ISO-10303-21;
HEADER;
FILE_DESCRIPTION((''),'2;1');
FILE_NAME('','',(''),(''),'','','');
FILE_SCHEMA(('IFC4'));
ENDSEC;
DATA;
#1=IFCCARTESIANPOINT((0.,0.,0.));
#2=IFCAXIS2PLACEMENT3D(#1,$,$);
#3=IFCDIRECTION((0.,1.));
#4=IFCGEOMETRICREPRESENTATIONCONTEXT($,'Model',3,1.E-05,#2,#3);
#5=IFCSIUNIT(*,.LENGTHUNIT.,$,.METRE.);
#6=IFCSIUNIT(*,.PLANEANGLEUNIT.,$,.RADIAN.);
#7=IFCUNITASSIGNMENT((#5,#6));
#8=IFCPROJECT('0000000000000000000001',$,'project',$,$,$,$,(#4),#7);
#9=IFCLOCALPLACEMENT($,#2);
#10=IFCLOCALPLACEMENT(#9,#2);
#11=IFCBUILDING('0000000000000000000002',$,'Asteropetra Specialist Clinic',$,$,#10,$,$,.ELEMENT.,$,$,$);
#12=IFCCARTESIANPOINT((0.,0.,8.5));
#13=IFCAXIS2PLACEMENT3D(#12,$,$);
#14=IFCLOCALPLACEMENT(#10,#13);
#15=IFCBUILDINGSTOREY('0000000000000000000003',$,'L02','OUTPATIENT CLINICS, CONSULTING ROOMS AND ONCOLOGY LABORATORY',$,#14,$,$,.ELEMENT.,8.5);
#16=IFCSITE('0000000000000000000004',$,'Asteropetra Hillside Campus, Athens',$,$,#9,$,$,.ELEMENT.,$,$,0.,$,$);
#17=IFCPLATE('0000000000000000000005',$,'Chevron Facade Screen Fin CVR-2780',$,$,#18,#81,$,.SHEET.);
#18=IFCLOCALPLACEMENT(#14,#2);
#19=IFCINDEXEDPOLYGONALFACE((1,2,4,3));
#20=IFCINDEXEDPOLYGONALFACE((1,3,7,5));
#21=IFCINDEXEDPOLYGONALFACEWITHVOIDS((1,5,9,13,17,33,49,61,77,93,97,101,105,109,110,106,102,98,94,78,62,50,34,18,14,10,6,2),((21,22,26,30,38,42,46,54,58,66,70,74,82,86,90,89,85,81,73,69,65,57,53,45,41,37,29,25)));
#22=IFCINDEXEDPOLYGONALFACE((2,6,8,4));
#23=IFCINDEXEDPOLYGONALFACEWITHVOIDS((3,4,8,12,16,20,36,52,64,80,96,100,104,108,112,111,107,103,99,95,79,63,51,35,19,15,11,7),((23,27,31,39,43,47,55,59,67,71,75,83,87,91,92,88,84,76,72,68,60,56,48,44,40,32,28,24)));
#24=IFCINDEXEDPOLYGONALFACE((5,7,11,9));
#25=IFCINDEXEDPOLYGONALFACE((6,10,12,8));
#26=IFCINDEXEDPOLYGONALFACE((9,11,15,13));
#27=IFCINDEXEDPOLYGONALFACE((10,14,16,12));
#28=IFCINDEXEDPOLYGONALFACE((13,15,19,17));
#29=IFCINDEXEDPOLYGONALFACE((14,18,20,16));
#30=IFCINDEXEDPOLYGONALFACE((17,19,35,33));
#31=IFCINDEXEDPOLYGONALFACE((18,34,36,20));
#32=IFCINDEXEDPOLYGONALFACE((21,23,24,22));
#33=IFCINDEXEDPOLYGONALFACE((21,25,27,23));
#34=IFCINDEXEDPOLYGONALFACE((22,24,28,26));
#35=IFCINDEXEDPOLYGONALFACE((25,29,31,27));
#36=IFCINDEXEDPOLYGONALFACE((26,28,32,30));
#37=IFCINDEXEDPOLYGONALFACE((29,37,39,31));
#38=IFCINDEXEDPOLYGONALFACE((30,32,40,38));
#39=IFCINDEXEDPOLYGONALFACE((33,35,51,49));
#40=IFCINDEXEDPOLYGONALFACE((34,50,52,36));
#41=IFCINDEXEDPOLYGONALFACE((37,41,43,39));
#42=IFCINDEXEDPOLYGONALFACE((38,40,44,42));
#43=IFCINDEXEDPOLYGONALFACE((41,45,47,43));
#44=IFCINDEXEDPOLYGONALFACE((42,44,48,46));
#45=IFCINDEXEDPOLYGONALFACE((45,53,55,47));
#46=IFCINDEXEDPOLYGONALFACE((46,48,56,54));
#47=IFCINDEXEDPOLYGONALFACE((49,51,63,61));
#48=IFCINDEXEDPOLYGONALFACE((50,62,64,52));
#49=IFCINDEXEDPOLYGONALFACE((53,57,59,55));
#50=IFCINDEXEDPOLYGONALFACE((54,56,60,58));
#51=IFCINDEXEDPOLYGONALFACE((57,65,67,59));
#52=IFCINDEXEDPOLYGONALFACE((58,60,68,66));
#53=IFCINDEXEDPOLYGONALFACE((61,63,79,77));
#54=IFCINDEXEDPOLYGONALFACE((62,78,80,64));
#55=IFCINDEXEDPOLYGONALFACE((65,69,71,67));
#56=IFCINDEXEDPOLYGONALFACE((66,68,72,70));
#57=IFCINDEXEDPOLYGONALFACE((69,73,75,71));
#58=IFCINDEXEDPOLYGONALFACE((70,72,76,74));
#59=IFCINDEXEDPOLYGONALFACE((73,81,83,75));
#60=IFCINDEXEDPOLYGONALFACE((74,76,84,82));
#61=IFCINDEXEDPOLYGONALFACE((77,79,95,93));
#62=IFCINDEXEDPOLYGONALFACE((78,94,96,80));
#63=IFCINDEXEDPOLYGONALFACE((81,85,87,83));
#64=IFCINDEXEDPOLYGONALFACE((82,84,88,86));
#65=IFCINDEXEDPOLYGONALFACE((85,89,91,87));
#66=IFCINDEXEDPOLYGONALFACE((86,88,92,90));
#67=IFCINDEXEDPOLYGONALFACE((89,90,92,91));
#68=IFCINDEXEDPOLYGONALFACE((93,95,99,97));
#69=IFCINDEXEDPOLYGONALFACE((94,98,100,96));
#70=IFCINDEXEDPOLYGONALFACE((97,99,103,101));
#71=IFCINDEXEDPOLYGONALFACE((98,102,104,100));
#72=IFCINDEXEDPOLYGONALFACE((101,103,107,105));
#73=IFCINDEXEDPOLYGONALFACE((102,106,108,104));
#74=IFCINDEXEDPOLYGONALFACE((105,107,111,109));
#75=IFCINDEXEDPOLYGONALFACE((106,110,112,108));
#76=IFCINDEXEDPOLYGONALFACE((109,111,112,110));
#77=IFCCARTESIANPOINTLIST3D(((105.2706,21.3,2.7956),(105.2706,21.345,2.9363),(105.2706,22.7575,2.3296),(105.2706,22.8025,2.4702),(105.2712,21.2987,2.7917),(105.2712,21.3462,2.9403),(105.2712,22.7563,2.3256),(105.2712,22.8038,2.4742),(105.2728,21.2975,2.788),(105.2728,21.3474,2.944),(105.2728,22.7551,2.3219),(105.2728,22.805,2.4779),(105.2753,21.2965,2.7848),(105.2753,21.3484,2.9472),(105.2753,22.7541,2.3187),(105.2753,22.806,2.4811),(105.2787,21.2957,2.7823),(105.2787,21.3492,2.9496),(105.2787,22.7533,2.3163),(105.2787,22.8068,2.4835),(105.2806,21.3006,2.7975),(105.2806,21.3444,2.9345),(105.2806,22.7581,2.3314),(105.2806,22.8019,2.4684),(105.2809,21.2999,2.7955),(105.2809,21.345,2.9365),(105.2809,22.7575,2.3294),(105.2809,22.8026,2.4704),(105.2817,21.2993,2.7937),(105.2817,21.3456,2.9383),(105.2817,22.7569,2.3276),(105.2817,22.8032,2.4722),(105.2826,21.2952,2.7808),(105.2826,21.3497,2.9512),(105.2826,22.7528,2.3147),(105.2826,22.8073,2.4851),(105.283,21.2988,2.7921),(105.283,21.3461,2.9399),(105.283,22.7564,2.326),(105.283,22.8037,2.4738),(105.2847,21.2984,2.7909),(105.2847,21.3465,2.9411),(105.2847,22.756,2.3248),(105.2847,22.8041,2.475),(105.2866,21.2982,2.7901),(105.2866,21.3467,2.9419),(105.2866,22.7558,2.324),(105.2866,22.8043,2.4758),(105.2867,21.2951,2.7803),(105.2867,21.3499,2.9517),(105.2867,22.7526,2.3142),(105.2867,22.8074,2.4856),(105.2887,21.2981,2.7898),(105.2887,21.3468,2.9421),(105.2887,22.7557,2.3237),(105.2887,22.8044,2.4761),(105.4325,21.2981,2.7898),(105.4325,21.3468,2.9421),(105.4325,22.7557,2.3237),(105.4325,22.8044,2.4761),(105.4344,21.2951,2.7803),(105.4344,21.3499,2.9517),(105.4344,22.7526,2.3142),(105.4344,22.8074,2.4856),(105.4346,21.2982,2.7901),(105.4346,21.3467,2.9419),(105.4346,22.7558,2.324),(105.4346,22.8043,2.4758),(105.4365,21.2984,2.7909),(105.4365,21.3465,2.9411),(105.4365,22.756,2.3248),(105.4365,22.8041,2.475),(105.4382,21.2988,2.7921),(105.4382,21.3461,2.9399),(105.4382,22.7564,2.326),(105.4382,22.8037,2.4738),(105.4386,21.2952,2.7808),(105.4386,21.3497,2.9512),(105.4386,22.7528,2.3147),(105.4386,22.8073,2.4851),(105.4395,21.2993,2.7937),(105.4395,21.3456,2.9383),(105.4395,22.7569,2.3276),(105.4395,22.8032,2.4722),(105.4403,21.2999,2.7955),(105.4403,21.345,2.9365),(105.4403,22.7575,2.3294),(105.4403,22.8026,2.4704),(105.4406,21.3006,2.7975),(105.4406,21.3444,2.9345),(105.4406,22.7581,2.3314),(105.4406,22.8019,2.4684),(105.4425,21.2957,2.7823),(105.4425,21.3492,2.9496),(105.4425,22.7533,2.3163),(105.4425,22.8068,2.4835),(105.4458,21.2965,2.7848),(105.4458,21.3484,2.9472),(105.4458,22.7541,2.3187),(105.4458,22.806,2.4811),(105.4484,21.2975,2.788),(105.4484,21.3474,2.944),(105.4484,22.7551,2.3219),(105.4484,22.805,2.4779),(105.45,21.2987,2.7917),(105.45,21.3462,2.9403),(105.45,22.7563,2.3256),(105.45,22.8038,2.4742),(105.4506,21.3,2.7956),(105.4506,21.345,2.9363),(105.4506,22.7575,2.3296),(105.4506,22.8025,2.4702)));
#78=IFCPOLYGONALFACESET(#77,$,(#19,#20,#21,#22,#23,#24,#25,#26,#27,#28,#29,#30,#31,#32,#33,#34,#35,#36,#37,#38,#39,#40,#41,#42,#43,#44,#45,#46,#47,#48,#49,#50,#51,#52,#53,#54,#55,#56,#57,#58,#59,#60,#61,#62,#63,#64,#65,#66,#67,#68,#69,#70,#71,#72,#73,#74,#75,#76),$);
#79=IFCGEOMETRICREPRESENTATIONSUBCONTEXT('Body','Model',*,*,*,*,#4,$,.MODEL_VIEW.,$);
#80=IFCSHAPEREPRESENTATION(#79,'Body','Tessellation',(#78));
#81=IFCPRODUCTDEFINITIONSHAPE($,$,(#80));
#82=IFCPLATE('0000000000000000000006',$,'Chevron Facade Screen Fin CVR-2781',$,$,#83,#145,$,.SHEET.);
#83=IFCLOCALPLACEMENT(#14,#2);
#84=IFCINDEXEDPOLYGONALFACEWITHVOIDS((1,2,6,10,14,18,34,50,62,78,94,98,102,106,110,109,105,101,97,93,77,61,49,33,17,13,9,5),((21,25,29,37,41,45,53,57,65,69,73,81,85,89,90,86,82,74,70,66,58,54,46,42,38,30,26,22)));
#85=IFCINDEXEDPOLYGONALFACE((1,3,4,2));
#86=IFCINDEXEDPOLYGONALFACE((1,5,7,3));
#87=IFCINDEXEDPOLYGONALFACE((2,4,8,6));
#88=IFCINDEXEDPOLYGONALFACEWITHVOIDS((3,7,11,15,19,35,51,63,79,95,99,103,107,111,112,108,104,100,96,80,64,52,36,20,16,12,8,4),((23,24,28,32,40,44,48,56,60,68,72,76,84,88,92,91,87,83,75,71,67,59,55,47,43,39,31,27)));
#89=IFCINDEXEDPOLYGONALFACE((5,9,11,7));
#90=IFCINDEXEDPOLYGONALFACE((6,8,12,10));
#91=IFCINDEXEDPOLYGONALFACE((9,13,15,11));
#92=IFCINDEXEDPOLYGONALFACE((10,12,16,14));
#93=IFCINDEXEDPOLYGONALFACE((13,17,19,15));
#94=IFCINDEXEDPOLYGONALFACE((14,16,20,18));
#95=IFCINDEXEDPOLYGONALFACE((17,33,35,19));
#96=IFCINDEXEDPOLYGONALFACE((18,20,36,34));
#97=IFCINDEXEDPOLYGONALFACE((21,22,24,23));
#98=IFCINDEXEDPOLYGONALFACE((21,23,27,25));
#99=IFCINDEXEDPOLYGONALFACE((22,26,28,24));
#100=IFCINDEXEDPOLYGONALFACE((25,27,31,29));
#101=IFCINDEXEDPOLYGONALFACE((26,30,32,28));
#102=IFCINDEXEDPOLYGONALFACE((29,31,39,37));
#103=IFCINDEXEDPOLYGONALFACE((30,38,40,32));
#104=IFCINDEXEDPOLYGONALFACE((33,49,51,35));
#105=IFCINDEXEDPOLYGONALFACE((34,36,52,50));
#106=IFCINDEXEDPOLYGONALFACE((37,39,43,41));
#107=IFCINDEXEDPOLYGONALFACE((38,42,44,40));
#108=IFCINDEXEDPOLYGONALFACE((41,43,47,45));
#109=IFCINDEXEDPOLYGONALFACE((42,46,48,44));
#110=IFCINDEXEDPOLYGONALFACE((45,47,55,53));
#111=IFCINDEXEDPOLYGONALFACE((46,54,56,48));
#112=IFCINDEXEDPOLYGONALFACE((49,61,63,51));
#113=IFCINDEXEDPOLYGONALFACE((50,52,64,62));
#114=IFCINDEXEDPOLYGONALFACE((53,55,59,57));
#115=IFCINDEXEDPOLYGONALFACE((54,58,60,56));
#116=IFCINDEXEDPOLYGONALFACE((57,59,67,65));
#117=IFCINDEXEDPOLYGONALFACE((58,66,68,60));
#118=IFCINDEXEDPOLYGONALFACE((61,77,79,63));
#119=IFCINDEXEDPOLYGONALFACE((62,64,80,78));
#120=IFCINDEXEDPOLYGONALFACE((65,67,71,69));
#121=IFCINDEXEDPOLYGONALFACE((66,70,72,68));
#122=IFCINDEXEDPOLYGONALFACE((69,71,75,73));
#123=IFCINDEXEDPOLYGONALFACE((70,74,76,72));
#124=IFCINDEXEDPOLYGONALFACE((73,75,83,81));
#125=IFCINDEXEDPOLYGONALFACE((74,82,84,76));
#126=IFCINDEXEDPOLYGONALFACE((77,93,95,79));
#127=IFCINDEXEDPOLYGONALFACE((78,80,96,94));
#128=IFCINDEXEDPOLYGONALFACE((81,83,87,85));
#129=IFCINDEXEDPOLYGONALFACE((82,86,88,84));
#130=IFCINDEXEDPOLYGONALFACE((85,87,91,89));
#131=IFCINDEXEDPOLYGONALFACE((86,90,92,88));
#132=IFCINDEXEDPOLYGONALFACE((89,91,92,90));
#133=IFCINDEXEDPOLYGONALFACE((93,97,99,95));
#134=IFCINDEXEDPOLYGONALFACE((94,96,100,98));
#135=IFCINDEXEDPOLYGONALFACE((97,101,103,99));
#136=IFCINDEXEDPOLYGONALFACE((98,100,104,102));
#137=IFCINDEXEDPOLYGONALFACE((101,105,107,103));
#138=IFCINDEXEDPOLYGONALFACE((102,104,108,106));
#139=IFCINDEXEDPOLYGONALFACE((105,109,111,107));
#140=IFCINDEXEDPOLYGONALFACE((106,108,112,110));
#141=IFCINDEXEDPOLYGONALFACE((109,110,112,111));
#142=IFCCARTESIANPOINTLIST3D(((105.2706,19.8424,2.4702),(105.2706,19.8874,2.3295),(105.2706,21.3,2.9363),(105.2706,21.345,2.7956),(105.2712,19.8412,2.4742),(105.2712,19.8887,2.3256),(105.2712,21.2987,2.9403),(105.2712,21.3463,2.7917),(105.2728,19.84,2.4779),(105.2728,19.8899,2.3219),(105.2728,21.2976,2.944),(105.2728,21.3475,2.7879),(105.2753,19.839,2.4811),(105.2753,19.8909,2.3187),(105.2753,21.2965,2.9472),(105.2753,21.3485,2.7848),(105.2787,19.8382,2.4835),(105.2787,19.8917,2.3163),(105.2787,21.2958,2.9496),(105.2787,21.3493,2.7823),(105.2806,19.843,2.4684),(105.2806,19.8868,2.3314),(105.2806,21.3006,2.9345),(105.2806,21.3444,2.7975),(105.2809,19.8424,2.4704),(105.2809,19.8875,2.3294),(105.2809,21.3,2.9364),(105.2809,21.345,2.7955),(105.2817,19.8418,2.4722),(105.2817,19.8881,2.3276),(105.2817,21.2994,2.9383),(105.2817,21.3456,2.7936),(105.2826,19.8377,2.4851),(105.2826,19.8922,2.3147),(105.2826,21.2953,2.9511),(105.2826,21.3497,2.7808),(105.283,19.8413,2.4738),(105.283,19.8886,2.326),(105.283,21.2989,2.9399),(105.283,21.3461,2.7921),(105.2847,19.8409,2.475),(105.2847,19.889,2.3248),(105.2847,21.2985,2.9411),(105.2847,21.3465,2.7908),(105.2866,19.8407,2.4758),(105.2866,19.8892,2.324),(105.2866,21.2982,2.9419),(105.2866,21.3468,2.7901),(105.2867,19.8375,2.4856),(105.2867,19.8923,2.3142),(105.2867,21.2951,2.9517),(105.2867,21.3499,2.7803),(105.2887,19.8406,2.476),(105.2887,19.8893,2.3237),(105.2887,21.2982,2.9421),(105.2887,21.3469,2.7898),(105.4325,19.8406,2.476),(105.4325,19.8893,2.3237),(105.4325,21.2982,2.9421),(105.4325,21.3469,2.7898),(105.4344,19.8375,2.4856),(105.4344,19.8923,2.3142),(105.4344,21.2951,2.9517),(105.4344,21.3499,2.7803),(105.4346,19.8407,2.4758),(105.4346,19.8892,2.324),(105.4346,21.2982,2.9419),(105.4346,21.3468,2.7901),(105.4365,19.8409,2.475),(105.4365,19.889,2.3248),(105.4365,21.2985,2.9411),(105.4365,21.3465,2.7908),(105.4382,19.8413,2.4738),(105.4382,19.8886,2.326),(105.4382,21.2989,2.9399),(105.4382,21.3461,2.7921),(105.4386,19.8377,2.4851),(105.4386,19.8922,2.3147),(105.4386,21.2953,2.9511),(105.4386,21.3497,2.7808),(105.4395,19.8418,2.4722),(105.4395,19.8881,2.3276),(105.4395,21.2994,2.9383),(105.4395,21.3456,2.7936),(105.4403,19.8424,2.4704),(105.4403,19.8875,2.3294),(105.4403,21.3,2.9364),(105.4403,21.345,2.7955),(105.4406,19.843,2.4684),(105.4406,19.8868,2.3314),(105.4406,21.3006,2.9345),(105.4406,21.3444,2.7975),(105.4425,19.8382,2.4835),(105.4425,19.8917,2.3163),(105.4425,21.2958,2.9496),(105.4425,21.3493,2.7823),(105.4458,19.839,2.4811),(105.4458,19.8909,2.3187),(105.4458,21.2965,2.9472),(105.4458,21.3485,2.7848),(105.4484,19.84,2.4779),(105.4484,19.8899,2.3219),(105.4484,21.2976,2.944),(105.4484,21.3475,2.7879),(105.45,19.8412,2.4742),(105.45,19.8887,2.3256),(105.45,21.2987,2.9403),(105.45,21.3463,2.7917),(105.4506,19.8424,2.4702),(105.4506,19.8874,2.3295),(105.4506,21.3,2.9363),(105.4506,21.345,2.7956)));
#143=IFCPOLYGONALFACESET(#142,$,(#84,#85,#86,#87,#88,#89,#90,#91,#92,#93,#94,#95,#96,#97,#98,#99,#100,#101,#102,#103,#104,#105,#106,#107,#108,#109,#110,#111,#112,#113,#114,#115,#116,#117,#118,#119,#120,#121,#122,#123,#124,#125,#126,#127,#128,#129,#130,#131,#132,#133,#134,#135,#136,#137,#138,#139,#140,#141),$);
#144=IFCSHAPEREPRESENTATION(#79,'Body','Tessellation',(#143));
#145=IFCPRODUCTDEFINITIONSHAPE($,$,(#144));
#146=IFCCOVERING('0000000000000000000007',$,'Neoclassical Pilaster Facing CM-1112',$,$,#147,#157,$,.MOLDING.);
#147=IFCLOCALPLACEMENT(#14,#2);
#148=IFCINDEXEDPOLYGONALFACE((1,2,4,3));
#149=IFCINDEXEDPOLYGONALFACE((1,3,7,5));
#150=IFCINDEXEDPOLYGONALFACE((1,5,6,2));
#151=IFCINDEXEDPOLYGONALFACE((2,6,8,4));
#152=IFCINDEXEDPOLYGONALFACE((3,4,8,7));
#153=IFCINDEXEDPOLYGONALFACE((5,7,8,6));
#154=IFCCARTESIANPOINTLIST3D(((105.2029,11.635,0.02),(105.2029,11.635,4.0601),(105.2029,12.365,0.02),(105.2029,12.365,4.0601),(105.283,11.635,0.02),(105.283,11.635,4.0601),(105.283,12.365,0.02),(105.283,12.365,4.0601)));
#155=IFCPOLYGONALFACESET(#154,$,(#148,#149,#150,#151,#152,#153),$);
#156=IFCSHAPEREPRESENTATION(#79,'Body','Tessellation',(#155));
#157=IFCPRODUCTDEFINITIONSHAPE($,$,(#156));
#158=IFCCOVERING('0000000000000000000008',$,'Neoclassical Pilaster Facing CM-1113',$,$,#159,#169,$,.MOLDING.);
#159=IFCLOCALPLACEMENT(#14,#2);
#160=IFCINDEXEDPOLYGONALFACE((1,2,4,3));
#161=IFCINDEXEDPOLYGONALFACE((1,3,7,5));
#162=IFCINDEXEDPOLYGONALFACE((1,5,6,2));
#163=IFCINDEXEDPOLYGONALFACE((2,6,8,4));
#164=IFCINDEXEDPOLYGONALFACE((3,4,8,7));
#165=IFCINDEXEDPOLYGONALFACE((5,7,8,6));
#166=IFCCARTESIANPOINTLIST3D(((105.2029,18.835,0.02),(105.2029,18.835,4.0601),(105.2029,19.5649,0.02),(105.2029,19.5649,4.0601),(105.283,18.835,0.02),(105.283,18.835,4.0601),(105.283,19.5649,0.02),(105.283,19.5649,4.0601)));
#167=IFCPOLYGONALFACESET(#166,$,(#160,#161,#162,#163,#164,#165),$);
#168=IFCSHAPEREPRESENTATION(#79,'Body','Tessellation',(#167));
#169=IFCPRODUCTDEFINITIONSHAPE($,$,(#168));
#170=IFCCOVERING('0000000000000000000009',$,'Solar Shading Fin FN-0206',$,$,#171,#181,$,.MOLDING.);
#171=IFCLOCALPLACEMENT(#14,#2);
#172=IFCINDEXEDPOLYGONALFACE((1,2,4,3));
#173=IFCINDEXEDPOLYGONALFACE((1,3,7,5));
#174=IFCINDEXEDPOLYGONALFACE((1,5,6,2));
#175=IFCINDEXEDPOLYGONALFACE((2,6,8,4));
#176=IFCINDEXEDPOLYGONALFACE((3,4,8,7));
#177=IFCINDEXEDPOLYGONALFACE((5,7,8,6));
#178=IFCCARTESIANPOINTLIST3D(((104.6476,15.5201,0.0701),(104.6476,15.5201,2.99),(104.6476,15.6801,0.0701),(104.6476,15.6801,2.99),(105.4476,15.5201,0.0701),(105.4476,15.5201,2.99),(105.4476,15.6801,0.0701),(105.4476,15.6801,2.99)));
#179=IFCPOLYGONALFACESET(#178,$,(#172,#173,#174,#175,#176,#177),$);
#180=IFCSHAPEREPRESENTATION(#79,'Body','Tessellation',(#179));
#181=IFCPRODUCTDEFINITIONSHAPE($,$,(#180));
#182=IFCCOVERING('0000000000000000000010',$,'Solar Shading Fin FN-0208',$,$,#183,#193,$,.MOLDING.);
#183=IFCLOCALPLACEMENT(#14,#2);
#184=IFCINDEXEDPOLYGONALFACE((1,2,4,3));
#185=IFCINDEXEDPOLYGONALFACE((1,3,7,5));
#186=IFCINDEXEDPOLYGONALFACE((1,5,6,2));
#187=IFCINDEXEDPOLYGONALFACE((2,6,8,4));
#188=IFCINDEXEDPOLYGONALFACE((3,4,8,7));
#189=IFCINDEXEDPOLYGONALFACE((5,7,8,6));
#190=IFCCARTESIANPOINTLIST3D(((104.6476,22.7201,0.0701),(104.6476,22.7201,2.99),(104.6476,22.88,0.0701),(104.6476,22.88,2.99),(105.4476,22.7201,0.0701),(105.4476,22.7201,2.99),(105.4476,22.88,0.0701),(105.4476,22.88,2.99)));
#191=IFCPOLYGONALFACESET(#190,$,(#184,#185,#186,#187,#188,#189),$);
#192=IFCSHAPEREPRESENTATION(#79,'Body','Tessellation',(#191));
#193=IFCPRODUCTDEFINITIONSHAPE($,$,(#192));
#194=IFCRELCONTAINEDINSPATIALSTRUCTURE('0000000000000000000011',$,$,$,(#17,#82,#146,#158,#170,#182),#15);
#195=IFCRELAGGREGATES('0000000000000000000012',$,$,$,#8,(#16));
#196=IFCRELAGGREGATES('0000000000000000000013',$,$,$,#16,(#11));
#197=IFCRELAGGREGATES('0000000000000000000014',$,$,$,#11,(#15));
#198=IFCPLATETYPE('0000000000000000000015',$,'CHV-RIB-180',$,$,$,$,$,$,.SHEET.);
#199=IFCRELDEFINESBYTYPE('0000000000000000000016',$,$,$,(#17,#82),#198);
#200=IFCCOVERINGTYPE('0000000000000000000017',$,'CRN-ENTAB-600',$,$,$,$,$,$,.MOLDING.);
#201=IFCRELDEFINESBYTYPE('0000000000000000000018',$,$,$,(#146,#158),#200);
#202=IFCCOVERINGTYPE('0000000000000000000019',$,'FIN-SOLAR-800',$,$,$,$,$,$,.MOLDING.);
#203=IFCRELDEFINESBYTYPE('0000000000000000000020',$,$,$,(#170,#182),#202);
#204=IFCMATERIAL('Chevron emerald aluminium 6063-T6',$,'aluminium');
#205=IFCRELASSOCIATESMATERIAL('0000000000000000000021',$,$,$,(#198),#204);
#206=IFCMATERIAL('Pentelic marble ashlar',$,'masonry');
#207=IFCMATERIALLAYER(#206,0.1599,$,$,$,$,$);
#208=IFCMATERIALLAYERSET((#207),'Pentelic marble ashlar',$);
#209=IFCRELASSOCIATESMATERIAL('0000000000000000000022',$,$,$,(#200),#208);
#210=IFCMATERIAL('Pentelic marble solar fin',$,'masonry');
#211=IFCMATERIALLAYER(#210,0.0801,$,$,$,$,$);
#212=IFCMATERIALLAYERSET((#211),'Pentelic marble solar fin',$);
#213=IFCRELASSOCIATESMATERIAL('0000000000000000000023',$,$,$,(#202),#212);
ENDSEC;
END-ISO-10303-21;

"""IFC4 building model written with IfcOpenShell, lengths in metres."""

from ifc_helpers import new_model, si_unit, direction, frame, origin, origin_2d, place, context, subcontext, project, spatial, rectangle, hollow_rectangle, extrude, material, layer, layer_set, material_profile, profile_set, type_object, element, save


model = new_model("IFC4")

# Units and contexts
model_context = context("Model", 3, precision=1e-05, world=origin(), true_north=direction((0.0, 1.0)))
body_context = subcontext(model_context, "Body", "Model", "MODEL_VIEW")
ifc_project = project(units=[si_unit("LENGTHUNIT", "METRE"), si_unit("PLANEANGLEUNIT", "RADIAN")], contexts=[model_context])

# Site, building, storey
site_placement = place(None, origin())
site = spatial("IfcSite", under=ifc_project, at=site_placement, Name="Asteropetra Hillside Campus, Athens", CompositionType="ELEMENT", RefElevation=0.0)
building_placement = place(site_placement, origin())
building = spatial("IfcBuilding", under=site, at=building_placement, Name="Asteropetra Specialist Clinic", CompositionType="ELEMENT")
storey_placement = place(building_placement, frame((0.0, 0.0, 8.5)))
storey = spatial("IfcBuildingStorey", under=building, at=storey_placement, Name="L02", Description="OUTPATIENT CLINICS, CONSULTING ROOMS AND ONCOLOGY LABORATORY", CompositionType="ELEMENT", Elevation=8.5)

# Plates
ifc_material_1 = material(Name="Chevron emerald aluminium 6063-T6", Category="aluminium")
ifc_material_profile = material_profile(ifc_material_1, hollow_rectangle(XDim=0.1799, YDim=0.1799, WallThickness=0.01, InnerFilletRadius=0.0081, OuterFilletRadius=0.0161, at=origin_2d()), Name="SHS 180x180x10.0")
ifc_profile_set = profile_set([ifc_material_profile], Name="Chevron emerald aluminium 6063-T6")
plate_type = type_object("IfcPlateType", Name="CHV-RIB-180", PredefinedType="SHEET", material=ifc_profile_set)
for number, where, z_axis, x_axis, name in (
    (1, (105.3606, 22.78, 2.3999), (0.0, -0.952489, 0.304573), (1.0, 0.0, 0.0), "Chevron Facade Screen Fin CVR-2780"),
    (2, (105.3606, 21.3225, 2.866), (0.0, -0.952489, -0.304573), (1.0, 0.0, 0.0), "Chevron Facade Screen Fin CVR-2781"),
):
    element("IfcPlate", number, at=place(storey_placement, frame(where, z_axis=z_axis, x_axis=x_axis)), inside=storey, type_object=plate_type, Name=name, PredefinedType="SHEET", context=body_context, shape_type="SweptSolid", body=[
        extrude(hollow_rectangle(XDim=0.1799, YDim=0.1799, WallThickness=0.01, InnerFilletRadius=0.0081, OuterFilletRadius=0.0161, at=origin_2d()), origin(), (0.0, 0.0, 1.0), 1.5303),
    ])

# Coverings
ifc_material_2 = material(Name="Pentelic marble ashlar", Category="masonry")
ifc_layer_1 = layer(ifc_material_2, 0.1599)
ifc_layer_set_1 = layer_set([ifc_layer_1], Name="Pentelic marble ashlar")
covering_type_1 = type_object("IfcCoveringType", Name="CRN-ENTAB-600", PredefinedType="MOLDING", material=ifc_layer_set_1)
for number, where, z_axis, x_axis, name in (
    (3, (105.2429, 12.0, 0.02), (0.0, 0.0, 1.0), (1.0, 0.0, 0.0), "Neoclassical Pilaster Facing CM-1112"),
    (4, (105.2429, 19.2, 0.02), (0.0, 0.0, 1.0), (1.0, 0.0, 0.0), "Neoclassical Pilaster Facing CM-1113"),
):
    element("IfcCovering", number, at=place(storey_placement, frame(where, z_axis=z_axis, x_axis=x_axis)), inside=storey, type_object=covering_type_1, Name=name, PredefinedType="MOLDING", context=body_context, shape_type="SweptSolid", body=[
        extrude(rectangle(XDim=0.0801, YDim=0.73, at=origin_2d()), origin(), (0.0, 0.0, 1.0), 4.04),
    ])
ifc_material_3 = material(Name="Pentelic marble solar fin", Category="masonry")
ifc_layer_2 = layer(ifc_material_3, 0.0801)
ifc_layer_set_2 = layer_set([ifc_layer_2], Name="Pentelic marble solar fin")
covering_type_2 = type_object("IfcCoveringType", Name="FIN-SOLAR-800", PredefinedType="MOLDING", material=ifc_layer_set_2)
for number, where, z_axis, x_axis, name in (
    (5, (105.0476, 15.6001, 0.0701), (0.0, 0.0, 1.0), (1.0, 0.0, 0.0), "Solar Shading Fin FN-0206"),
    (6, (105.0476, 22.8, 0.0701), (0.0, 0.0, 1.0), (1.0, 0.0, 0.0), "Solar Shading Fin FN-0208"),
):
    element("IfcCovering", number, at=place(storey_placement, frame(where, z_axis=z_axis, x_axis=x_axis)), inside=storey, type_object=covering_type_2, Name=name, PredefinedType="MOLDING", context=body_context, shape_type="SweptSolid", body=[
        extrude(rectangle(XDim=0.8, YDim=0.1599, at=origin_2d()), origin(), (0.0, 0.0, 1.0), 2.9199),
    ])

save(model, "model.ifc")
